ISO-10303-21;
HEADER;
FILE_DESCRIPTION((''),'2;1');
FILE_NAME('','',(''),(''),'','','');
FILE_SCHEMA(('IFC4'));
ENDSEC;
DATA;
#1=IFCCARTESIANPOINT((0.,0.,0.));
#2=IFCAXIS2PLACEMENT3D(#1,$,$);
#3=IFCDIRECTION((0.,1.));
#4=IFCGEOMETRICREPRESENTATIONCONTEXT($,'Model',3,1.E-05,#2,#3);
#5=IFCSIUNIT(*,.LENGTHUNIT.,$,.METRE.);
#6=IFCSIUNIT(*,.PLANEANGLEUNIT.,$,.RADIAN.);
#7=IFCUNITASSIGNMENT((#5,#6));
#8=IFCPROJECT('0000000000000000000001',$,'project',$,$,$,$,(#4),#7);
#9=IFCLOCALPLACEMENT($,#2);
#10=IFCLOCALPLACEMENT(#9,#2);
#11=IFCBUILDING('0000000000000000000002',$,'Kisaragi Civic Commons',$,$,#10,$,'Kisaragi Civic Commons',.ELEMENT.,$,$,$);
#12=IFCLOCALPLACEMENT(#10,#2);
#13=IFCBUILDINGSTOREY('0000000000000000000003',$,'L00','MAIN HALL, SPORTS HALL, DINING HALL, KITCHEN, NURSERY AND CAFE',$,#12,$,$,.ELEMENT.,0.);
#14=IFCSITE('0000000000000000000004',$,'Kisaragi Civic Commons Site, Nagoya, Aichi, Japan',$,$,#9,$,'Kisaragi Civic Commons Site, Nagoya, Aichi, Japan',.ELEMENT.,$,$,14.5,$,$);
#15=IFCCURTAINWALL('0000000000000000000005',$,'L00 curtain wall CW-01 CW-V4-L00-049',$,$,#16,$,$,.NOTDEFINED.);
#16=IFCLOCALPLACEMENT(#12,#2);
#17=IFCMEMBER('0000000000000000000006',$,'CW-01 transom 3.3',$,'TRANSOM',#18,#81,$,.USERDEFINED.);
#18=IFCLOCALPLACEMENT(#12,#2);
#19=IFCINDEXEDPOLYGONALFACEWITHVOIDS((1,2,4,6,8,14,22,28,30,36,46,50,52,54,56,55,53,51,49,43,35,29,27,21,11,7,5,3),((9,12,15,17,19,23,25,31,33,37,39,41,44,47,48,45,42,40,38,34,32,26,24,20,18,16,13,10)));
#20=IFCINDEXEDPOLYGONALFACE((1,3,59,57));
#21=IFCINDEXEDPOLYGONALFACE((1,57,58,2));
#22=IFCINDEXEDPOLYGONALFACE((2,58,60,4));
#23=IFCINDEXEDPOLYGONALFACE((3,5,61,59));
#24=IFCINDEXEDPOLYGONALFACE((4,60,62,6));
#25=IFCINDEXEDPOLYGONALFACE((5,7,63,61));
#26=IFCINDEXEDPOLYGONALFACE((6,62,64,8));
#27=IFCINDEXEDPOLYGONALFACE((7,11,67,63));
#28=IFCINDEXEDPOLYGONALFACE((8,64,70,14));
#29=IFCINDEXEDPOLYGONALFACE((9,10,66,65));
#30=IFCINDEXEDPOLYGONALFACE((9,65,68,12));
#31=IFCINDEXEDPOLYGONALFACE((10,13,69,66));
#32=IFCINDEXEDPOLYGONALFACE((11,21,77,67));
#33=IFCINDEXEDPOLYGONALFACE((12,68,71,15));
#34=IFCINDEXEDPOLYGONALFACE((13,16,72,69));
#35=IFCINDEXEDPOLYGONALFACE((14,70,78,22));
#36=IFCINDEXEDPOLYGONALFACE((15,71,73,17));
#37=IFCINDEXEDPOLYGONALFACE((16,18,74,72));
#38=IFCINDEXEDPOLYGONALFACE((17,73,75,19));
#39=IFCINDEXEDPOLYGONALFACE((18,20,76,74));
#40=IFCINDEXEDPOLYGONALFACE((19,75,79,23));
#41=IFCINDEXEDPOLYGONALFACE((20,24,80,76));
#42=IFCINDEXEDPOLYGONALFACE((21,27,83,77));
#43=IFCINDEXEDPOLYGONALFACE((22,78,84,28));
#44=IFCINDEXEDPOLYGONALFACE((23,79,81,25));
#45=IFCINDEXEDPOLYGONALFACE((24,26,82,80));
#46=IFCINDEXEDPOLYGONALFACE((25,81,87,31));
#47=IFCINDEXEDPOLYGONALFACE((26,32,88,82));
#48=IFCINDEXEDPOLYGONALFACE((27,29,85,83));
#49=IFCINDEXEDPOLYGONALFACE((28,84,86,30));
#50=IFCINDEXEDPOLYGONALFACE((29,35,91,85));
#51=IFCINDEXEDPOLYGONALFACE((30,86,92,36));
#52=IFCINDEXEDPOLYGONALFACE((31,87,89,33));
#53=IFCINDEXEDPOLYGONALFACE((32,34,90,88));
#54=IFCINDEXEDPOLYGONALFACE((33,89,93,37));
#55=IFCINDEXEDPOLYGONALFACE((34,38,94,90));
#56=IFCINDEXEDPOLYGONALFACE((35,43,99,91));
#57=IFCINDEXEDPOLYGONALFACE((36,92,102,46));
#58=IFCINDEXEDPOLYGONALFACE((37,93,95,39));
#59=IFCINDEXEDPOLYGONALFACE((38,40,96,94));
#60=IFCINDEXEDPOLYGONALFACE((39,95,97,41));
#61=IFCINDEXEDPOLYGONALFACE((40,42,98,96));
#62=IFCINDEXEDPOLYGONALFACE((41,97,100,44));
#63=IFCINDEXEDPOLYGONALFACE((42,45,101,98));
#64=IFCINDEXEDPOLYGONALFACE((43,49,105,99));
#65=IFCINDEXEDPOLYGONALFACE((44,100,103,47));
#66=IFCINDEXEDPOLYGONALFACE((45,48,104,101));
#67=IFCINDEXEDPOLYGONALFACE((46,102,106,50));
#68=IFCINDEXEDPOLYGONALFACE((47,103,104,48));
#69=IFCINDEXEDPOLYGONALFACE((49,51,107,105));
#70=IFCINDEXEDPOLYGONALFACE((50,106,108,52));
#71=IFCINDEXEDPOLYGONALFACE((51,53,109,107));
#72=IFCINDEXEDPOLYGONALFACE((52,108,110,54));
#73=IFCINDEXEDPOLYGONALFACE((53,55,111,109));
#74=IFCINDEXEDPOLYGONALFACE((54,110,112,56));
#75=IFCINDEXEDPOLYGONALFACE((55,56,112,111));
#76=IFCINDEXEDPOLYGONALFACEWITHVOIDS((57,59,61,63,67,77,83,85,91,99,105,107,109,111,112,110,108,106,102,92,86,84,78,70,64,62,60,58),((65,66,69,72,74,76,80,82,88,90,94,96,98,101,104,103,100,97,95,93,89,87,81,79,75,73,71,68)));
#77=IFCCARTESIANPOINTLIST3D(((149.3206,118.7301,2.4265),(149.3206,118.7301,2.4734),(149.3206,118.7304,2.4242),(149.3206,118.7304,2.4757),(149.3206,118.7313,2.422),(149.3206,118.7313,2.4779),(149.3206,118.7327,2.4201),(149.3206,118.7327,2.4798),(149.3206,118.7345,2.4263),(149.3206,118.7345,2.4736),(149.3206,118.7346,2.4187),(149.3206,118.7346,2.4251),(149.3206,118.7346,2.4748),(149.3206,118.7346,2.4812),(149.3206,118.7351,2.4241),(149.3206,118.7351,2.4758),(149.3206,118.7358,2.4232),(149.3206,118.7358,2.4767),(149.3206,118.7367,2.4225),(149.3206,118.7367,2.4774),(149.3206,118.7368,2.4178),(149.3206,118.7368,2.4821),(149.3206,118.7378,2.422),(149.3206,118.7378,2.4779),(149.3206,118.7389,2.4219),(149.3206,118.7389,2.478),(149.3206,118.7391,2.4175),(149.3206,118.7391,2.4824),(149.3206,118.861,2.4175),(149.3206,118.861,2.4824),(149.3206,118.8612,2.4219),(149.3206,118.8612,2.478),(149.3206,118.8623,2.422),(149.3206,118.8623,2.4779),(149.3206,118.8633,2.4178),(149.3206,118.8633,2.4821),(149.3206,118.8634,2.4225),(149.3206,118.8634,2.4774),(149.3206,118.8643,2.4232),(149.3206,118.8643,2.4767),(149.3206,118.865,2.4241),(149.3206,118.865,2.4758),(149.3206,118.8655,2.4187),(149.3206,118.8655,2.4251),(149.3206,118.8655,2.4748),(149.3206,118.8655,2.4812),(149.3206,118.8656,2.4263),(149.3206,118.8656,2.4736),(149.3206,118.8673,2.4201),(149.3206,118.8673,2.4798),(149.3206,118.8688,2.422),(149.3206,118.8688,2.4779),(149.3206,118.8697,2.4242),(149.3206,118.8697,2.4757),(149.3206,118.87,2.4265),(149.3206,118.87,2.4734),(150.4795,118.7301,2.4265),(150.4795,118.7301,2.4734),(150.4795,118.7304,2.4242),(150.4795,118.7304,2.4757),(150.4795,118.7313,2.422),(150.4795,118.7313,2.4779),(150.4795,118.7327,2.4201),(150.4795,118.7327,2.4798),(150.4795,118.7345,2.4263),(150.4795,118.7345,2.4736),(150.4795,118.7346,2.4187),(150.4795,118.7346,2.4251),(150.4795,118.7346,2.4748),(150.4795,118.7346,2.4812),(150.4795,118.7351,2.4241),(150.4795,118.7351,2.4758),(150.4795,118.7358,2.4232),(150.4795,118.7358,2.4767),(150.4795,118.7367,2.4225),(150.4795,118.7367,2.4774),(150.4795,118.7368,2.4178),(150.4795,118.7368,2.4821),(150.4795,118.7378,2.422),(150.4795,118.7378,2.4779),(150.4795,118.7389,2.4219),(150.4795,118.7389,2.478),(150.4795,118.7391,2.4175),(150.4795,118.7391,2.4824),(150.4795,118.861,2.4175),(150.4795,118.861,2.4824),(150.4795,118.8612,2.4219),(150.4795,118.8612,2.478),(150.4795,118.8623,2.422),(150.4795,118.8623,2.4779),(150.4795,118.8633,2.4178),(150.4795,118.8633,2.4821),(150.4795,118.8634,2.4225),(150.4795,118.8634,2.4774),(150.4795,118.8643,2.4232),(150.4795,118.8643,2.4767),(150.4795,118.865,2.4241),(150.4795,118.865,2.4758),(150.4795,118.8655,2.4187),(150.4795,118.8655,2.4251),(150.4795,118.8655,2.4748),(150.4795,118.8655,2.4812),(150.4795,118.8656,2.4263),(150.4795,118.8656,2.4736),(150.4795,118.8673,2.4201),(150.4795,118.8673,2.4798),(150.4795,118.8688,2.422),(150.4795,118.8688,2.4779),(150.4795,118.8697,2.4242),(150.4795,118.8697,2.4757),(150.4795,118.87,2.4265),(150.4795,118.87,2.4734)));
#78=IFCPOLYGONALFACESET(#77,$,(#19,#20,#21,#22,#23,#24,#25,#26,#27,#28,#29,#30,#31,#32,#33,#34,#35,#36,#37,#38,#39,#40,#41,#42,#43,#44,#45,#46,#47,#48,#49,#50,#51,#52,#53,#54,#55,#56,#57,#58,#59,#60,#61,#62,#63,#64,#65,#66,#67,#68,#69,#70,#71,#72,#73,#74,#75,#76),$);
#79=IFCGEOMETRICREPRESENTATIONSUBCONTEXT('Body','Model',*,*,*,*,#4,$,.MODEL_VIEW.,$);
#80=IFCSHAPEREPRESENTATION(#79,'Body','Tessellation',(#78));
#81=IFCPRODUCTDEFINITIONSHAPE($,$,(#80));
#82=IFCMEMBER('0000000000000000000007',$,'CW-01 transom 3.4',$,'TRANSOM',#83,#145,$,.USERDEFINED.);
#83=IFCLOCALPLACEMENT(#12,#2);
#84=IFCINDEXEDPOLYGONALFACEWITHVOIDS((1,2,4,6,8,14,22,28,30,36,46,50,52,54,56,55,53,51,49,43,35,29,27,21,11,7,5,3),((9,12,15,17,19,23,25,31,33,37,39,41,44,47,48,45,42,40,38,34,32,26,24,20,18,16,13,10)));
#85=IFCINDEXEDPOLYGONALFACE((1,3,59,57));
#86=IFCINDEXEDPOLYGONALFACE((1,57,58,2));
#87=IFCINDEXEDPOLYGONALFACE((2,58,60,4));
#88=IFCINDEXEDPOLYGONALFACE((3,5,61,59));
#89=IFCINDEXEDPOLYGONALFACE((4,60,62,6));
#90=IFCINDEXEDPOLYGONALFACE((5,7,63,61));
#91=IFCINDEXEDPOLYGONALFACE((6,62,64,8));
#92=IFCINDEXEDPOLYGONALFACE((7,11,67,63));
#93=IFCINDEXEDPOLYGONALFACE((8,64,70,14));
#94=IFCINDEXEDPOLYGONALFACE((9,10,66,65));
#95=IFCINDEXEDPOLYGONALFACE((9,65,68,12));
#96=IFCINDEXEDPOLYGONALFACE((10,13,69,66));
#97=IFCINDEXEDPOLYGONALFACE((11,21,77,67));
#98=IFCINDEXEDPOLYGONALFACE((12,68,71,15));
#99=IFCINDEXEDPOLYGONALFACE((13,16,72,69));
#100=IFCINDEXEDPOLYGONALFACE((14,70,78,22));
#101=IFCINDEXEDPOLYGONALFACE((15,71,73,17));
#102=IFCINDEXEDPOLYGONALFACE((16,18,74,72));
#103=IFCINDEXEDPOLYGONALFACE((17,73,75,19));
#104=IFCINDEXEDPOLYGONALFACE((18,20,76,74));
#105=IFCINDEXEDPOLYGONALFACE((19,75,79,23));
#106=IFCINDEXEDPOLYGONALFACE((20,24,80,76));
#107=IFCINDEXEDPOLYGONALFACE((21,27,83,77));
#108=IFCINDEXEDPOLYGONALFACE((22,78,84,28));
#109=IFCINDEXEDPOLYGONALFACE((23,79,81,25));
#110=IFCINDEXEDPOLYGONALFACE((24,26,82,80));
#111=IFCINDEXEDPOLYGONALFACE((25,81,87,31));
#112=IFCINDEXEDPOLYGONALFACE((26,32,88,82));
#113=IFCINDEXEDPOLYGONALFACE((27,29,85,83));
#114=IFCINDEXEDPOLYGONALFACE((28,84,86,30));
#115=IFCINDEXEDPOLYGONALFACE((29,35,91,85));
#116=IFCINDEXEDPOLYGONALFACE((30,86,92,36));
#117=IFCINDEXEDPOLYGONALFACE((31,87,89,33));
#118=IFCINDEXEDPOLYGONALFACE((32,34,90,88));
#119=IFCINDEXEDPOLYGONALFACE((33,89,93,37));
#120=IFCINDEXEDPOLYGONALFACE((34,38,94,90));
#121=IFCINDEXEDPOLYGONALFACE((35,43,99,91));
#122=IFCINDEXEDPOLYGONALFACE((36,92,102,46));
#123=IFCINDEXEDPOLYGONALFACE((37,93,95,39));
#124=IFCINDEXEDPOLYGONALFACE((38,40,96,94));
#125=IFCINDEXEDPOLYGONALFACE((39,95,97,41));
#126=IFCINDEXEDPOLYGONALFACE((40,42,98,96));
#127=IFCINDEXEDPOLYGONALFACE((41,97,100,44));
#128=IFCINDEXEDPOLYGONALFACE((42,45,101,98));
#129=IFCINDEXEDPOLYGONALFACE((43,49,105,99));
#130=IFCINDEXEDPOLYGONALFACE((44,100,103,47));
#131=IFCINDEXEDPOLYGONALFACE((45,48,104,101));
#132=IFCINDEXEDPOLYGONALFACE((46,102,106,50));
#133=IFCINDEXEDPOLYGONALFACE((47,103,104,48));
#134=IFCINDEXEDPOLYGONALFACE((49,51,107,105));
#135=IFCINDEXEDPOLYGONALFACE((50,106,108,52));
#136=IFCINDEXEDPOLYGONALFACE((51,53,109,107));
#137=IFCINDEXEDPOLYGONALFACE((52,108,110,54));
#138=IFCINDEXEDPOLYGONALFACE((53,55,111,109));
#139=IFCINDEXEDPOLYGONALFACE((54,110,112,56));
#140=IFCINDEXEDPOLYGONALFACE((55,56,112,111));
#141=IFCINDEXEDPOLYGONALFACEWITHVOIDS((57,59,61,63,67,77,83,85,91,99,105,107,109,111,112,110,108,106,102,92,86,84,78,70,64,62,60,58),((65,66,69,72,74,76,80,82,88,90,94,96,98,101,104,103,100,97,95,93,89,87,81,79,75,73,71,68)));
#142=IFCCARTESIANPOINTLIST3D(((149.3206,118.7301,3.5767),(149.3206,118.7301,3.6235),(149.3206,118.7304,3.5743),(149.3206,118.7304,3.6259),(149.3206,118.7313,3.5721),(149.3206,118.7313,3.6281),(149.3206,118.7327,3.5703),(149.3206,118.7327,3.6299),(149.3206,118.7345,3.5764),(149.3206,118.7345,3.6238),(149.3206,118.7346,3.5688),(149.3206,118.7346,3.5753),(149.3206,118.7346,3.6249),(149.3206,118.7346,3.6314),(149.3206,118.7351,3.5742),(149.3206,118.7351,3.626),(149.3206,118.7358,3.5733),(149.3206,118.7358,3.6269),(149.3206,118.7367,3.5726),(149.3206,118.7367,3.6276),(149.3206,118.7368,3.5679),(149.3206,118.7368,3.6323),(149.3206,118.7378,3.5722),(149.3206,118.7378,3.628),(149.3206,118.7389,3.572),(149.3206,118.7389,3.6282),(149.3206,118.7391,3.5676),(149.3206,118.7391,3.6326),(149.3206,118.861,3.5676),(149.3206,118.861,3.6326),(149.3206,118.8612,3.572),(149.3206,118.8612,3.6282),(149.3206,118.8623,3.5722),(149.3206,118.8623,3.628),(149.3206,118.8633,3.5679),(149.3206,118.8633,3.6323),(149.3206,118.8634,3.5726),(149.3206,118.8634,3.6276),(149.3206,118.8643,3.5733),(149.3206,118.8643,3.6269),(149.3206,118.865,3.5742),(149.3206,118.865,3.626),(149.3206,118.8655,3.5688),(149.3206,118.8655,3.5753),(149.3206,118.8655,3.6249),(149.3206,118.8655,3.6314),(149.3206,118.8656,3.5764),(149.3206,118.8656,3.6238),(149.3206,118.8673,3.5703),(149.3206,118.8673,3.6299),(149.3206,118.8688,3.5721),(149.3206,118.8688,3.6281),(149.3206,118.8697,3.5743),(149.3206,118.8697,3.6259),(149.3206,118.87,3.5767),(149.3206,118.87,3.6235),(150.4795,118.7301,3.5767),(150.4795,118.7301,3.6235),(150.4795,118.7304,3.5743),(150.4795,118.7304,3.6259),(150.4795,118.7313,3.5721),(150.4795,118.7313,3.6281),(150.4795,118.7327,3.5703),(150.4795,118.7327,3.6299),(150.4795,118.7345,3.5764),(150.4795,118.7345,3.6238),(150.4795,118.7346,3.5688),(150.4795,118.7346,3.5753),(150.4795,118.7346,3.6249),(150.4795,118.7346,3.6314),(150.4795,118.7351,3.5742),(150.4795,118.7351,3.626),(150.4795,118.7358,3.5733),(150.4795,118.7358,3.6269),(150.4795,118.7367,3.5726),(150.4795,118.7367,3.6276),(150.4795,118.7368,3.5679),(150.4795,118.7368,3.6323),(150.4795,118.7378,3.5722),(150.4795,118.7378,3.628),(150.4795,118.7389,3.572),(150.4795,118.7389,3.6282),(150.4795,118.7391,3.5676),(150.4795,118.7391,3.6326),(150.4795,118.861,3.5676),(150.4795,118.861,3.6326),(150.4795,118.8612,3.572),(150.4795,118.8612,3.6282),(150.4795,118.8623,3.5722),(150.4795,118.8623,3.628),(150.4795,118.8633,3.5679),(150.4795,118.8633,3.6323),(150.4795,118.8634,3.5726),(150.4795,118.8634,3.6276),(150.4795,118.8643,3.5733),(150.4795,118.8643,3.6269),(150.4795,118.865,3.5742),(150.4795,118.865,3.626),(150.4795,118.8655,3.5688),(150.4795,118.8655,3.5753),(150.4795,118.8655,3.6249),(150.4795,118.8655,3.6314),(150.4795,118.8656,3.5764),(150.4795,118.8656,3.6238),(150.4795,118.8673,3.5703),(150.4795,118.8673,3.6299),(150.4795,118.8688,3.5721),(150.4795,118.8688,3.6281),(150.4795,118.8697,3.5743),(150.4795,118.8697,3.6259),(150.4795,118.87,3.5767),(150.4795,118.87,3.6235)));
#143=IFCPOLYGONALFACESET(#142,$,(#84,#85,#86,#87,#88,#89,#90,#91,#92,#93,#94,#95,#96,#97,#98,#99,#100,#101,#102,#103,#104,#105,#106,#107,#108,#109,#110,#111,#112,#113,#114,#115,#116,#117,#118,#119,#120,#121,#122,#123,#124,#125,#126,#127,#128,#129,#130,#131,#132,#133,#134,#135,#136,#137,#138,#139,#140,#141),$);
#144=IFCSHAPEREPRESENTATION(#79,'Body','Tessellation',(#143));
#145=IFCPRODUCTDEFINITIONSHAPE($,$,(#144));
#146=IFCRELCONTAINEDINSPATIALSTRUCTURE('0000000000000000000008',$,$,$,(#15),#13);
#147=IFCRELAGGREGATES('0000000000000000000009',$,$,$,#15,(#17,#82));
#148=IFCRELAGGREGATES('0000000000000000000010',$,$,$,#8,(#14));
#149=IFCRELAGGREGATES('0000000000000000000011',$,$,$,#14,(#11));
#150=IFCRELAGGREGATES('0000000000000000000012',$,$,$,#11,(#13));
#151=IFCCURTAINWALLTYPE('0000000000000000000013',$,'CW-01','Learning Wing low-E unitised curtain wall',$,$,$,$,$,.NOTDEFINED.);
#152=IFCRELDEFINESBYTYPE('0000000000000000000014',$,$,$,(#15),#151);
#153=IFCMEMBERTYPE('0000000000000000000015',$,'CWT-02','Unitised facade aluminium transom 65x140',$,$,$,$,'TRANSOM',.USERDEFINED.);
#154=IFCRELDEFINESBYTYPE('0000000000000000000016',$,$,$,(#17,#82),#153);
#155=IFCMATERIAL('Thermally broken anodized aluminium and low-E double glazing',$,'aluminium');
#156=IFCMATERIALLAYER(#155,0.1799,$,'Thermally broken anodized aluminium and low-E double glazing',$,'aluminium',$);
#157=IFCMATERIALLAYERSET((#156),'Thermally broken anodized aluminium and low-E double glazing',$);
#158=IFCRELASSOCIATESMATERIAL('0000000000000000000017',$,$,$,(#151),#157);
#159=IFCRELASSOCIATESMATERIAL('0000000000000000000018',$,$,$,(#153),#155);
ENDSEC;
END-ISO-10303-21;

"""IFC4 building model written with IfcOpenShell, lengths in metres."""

from ifc_helpers import new_model, si_unit, direction, frame, origin, origin_2d, place, context, subcontext, project, spatial, hollow_rectangle, extrude, material, layer, layer_set, material_profile, profile_set, type_object, element, aggregate, save


model = new_model("IFC4")

# Units and contexts
model_context = context("Model", 3, precision=1e-05, world=origin(), true_north=direction((0.0, 1.0)))
body_context = subcontext(model_context, "Body", "Model", "MODEL_VIEW")
ifc_project = project(units=[si_unit("LENGTHUNIT", "METRE"), si_unit("PLANEANGLEUNIT", "RADIAN")], contexts=[model_context])

# Site, building, storey
site_placement = place(None, origin())
site = spatial("IfcSite", under=ifc_project, at=site_placement, Name="Kisaragi Civic Commons Site, Nagoya, Aichi, Japan", LongName="Kisaragi Civic Commons Site, Nagoya, Aichi, Japan", CompositionType="ELEMENT", RefElevation=14.5)
building_placement = place(site_placement, origin())
building = spatial("IfcBuilding", under=site, at=building_placement, Name="Kisaragi Civic Commons", LongName="Kisaragi Civic Commons", CompositionType="ELEMENT")
storey_placement = place(building_placement, origin())
storey = spatial("IfcBuildingStorey", under=building, at=storey_placement, Name="L00", Description="MAIN HALL, SPORTS HALL, DINING HALL, KITCHEN, NURSERY AND CAFE", CompositionType="ELEMENT", Elevation=0.0)

# Curtain wall, members
ifc_material_1 = material(Name="Thermally broken anodized aluminium and low-E double glazing", Category="aluminium")
ifc_layer_1 = layer(ifc_material_1, 0.1799, Name="Thermally broken anodized aluminium and low-E double glazing", Category="aluminium")
ifc_layer_set_1 = layer_set([ifc_layer_1], Name="Thermally broken anodized aluminium and low-E double glazing")
curtain_wall_type = type_object("IfcCurtainWallType", Name="CW-01", Description="Learning Wing low-E unitised curtain wall", PredefinedType="NOTDEFINED", material=ifc_layer_set_1)
curtain_wall_placement = place(storey_placement, origin())
curtain_wall = element("IfcCurtainWall", 1, at=curtain_wall_placement, inside=storey, type_object=curtain_wall_type, Name="L00 curtain wall CW-01 CW-V4-L00-049", PredefinedType="NOTDEFINED")
ifc_material_profile_1 = material_profile(ifc_material_1, hollow_rectangle(XDim=0.1399, YDim=0.0649, WallThickness=0.0044, InnerFilletRadius=0.0044, OuterFilletRadius=0.009, at=origin_2d()), Name="CWT-65x140x4.5", Category="aluminium")
ifc_profile_set_1 = profile_set([ifc_material_profile_1], Name="Thermally broken anodized aluminium and low-E double glazing")
member_type_1 = type_object("IfcMemberType", Name="CWT-02", Description="Unitised facade aluminium transom 65x140", ElementType="TRANSOM", PredefinedType="USERDEFINED", material=ifc_profile_set_1)
member_1_placement = place(storey_placement, frame((149.3206, 118.8, 2.45), z_axis=(1.0, 0.0, 0.0), x_axis=(0.0, 1.0, 0.0)))
member_1 = element("IfcMember", 2, at=member_1_placement, type_object=member_type_1, Name="CW-01 transom 3.3", ObjectType="TRANSOM", PredefinedType="USERDEFINED", context=body_context, shape_type="SweptSolid", body=[
    extrude(hollow_rectangle(XDim=0.1399, YDim=0.0649, WallThickness=0.0044, InnerFilletRadius=0.0044, OuterFilletRadius=0.009, at=origin_2d()), origin(), (0.0, 0.0, 1.0), 1.1589),
])
member_2_placement = place(storey_placement, frame((149.3206, 118.8, 3.6001), z_axis=(1.0, 0.0, 0.0), x_axis=(0.0, 1.0, 0.0)))
member_2 = element("IfcMember", 3, at=member_2_placement, type_object=member_type_1, Name="CW-01 transom 3.4", ObjectType="TRANSOM", PredefinedType="USERDEFINED", context=body_context, shape_type="SweptSolid", body=[
    extrude(hollow_rectangle(XDim=0.1399, YDim=0.0649, WallThickness=0.0044, InnerFilletRadius=0.0044, OuterFilletRadius=0.009, at=origin_2d()), origin(), (0.0, 0.0, 1.0), 1.1589),
])
aggregate(curtain_wall, [member_1, member_2])

save(model, "model.ifc")
